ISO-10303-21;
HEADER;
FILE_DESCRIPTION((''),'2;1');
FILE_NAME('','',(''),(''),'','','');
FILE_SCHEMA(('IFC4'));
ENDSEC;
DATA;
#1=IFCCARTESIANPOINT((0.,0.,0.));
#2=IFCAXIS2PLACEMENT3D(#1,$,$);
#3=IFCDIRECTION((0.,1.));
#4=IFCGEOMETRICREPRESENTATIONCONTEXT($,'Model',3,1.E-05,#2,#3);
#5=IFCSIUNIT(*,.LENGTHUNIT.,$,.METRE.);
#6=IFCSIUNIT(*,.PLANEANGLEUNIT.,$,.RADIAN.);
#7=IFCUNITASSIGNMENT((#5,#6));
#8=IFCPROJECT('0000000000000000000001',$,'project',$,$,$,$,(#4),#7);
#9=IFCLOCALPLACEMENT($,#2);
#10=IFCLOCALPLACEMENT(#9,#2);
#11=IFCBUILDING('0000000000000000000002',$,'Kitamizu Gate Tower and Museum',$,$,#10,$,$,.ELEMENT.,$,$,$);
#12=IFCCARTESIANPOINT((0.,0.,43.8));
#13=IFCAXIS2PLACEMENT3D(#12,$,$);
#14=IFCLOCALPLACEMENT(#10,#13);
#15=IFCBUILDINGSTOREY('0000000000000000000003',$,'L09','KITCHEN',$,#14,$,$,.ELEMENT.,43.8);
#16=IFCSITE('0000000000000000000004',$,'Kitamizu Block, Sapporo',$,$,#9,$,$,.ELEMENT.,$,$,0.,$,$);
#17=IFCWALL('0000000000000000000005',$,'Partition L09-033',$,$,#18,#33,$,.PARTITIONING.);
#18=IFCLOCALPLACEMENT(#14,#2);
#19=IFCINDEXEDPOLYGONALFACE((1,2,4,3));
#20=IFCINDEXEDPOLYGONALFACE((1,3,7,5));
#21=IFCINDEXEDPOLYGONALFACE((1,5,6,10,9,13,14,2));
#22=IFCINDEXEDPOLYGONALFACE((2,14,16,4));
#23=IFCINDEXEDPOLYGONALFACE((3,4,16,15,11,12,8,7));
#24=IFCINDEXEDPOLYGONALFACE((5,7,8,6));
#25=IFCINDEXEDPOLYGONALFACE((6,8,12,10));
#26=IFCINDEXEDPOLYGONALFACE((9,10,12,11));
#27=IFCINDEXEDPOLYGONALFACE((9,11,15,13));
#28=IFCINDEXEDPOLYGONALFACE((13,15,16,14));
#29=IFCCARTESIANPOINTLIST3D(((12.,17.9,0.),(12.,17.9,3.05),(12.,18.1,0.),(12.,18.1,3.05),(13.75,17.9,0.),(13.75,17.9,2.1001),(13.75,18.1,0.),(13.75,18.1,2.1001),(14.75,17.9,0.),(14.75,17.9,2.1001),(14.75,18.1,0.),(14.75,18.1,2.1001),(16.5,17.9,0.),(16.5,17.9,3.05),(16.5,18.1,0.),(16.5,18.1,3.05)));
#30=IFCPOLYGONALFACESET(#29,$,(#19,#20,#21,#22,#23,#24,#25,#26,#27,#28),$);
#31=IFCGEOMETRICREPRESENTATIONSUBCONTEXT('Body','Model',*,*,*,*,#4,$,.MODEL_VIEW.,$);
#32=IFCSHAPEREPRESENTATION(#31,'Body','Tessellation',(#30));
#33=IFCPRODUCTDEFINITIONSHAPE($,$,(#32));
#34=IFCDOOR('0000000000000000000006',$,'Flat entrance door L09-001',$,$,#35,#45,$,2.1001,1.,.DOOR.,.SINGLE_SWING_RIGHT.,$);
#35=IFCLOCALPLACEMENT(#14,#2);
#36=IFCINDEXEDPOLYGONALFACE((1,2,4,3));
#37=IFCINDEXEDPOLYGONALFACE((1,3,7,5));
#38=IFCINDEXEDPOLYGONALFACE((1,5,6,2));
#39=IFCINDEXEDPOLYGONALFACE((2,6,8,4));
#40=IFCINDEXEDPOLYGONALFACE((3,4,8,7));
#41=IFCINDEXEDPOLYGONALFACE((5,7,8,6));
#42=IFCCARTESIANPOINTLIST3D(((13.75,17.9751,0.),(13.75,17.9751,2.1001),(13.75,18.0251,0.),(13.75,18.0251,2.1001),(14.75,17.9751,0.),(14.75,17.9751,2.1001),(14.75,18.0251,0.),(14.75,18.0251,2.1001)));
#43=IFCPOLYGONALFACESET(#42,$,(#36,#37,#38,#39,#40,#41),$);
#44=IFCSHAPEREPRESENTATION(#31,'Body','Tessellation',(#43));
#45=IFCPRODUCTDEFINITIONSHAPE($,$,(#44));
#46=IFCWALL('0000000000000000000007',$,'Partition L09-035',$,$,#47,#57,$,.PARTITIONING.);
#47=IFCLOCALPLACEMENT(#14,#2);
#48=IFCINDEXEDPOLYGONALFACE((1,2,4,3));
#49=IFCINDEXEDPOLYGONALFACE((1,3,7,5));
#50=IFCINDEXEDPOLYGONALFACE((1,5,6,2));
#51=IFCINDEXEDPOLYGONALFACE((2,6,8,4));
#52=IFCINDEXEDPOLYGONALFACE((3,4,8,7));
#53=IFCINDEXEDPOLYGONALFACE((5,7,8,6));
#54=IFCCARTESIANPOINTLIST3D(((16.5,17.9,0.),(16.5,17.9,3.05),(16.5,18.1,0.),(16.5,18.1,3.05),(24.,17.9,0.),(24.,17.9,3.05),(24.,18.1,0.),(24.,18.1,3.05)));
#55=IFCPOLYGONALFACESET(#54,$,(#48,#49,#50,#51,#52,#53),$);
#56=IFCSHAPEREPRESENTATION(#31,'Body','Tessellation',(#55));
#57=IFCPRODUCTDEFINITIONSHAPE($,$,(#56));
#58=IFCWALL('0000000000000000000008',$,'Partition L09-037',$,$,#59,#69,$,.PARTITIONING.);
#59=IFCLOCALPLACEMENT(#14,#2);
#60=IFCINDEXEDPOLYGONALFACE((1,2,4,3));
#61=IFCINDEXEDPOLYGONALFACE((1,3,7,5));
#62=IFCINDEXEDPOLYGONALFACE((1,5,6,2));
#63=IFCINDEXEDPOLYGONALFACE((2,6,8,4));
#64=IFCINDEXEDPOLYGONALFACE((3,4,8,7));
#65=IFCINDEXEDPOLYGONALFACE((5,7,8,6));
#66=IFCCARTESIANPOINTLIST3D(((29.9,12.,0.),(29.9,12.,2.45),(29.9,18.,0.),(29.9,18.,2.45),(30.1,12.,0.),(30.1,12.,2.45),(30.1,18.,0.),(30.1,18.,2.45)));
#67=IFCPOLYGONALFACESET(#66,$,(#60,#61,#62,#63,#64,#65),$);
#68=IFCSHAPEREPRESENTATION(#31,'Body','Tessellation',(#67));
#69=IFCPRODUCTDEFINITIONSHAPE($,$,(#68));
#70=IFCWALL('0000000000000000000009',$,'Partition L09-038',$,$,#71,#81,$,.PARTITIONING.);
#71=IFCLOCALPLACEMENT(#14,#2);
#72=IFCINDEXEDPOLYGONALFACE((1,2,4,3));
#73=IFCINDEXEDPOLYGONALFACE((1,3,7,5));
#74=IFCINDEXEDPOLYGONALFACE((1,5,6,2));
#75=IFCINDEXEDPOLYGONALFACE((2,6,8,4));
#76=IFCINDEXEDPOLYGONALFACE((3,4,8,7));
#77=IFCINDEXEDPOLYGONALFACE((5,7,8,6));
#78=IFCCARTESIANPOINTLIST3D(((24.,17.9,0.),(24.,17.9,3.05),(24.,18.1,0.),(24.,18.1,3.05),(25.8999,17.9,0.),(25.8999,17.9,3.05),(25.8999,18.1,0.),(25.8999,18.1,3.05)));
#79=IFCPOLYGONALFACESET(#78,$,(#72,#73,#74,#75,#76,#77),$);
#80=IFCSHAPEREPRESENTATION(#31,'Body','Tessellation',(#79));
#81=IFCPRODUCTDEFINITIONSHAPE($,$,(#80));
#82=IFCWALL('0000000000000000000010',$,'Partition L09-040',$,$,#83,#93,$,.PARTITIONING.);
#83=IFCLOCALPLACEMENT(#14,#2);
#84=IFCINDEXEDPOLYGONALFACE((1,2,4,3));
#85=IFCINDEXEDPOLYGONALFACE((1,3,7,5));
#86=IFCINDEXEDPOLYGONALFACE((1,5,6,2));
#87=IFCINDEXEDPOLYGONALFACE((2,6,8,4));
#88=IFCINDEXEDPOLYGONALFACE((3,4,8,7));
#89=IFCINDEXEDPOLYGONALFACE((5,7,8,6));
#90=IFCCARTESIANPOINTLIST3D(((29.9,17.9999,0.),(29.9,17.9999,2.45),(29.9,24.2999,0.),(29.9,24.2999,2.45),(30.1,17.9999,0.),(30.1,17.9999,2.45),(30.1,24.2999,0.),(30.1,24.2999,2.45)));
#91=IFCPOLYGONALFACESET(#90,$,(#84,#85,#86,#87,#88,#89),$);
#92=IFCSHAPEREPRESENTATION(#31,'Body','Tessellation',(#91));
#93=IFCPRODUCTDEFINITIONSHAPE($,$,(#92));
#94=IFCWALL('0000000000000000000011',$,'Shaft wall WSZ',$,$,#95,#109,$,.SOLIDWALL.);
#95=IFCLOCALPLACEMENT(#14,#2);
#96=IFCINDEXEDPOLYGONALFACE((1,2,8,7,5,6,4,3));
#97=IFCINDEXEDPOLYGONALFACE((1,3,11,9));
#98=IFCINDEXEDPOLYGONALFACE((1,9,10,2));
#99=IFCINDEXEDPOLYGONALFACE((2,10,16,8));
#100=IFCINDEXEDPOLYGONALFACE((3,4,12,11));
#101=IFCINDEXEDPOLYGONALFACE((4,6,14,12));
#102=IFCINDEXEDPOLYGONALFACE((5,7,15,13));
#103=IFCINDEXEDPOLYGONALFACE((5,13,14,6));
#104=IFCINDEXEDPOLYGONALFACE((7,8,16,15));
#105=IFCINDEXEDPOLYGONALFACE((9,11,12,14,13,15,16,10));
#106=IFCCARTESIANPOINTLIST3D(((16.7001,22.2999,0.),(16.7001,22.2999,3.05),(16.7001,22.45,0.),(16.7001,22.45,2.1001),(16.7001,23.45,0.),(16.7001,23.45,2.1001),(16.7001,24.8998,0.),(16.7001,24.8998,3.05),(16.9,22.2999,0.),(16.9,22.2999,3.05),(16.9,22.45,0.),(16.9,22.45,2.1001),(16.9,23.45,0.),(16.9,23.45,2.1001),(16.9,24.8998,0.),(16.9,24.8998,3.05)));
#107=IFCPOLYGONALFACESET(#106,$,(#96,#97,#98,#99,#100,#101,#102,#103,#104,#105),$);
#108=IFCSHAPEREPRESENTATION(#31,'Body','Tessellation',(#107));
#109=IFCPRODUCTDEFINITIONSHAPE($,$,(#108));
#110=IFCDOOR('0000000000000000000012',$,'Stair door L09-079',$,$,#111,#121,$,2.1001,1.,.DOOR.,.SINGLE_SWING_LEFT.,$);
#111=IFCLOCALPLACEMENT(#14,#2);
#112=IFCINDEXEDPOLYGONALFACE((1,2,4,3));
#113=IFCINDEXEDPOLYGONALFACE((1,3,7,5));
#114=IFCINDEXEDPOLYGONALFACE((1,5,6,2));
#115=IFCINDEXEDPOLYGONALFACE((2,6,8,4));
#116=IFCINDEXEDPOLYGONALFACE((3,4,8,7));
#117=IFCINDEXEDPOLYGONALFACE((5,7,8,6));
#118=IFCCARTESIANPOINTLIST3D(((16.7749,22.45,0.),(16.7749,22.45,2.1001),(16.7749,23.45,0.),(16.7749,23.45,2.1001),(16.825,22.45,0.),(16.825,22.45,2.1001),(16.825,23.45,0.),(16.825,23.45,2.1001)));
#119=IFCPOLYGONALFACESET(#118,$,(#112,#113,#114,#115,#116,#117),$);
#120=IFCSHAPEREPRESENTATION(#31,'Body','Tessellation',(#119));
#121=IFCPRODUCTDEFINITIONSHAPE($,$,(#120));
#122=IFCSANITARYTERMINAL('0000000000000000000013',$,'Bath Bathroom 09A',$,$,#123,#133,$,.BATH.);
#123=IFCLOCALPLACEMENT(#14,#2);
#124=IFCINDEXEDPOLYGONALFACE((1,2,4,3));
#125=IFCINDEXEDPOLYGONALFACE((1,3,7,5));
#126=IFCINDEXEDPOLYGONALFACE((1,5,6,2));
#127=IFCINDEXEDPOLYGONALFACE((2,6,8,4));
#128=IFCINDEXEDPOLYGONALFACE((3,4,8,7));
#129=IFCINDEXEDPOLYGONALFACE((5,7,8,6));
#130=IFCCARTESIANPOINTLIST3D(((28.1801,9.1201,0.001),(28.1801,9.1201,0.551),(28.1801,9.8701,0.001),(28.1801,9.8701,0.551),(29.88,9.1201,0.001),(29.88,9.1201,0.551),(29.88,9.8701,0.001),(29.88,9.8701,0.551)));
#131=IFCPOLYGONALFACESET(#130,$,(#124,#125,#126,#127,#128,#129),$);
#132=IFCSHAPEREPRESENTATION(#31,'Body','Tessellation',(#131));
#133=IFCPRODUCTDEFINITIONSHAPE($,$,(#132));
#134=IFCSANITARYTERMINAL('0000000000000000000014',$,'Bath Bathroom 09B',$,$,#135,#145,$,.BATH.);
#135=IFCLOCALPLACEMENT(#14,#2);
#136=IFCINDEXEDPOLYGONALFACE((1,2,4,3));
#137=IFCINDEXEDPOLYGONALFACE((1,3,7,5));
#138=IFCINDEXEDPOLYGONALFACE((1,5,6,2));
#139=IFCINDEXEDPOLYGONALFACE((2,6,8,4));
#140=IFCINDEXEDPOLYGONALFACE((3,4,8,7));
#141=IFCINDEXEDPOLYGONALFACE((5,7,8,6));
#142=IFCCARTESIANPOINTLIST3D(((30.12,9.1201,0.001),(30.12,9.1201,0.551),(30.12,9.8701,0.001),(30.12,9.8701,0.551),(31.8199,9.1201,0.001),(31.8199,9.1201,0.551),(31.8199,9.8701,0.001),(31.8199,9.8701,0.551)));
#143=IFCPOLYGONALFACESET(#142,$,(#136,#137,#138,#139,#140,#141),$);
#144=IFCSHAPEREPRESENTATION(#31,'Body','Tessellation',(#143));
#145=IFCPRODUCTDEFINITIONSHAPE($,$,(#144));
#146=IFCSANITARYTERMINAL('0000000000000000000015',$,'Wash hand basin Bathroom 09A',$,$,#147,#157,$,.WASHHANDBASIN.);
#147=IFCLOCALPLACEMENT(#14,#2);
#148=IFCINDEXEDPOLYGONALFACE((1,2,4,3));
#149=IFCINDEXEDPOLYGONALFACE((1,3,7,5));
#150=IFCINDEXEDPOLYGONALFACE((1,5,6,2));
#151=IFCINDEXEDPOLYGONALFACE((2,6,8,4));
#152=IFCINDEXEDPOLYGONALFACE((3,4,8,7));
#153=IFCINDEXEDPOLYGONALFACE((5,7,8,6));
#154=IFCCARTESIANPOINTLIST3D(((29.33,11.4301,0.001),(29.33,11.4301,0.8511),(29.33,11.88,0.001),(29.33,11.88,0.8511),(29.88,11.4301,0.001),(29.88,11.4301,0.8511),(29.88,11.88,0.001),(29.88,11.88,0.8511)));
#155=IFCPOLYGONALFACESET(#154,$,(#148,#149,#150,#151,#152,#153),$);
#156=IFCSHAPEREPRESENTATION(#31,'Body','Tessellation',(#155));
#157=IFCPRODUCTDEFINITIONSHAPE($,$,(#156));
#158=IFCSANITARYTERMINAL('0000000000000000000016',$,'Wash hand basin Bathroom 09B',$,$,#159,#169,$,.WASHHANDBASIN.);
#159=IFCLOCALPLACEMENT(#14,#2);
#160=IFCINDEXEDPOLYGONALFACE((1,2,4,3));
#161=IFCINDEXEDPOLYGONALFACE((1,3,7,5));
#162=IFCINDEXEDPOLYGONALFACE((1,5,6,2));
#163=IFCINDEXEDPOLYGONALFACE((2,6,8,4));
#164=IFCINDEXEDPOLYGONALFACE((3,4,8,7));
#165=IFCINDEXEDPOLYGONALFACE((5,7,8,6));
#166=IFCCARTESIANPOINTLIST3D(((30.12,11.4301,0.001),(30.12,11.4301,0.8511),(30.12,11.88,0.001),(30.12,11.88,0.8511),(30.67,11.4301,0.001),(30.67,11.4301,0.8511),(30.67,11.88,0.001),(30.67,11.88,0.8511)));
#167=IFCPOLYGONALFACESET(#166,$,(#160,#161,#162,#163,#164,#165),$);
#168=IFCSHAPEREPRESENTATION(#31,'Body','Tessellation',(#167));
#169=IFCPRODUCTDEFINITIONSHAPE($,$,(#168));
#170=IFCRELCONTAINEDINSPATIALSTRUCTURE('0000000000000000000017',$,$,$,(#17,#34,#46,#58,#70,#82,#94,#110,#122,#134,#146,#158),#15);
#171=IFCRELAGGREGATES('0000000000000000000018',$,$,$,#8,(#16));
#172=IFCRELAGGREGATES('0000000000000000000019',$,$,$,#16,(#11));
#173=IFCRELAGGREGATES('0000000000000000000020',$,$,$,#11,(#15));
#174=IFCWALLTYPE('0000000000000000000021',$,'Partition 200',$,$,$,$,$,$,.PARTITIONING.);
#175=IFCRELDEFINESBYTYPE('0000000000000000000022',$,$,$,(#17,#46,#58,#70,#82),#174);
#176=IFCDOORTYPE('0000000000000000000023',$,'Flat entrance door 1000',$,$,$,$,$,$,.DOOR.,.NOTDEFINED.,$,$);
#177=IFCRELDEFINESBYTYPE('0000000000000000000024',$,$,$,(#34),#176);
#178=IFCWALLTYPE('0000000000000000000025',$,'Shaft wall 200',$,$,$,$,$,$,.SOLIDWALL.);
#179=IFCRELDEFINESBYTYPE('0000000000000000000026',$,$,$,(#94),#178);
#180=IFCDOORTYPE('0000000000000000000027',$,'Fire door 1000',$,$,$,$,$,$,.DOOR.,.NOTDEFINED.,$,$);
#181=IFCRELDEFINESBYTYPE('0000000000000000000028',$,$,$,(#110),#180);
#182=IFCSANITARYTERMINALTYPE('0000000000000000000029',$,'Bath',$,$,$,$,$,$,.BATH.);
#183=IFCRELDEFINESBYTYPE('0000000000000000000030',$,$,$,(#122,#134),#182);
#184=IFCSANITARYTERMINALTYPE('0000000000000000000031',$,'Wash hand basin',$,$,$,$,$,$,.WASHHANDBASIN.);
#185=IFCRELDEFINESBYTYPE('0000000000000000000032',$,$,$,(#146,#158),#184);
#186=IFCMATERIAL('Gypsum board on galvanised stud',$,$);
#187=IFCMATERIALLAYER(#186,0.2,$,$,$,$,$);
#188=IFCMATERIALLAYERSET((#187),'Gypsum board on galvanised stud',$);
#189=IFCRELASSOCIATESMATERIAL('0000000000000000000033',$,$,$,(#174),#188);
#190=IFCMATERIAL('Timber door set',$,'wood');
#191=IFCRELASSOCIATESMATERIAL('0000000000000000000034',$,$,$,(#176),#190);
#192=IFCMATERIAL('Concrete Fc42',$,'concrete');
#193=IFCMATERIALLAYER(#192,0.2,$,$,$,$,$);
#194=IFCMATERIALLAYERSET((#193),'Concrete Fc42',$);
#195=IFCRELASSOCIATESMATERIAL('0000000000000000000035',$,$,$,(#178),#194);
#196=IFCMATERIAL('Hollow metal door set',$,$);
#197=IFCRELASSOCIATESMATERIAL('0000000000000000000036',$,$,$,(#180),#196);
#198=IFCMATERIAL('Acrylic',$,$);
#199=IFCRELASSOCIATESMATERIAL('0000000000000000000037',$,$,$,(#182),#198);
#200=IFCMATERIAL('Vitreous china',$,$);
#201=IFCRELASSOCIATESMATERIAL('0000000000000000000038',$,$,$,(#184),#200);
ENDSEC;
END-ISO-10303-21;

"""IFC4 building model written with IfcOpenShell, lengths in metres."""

from ifc_helpers import new_model, si_unit, direction, frame, frame_2d, origin, origin_2d, place, context, subcontext, project, spatial, rectangle, extrude, material, layer, layer_set, type_object, element, fill, save


model = new_model("IFC4")

# Units and contexts
model_context = context("Model", 3, precision=1e-05, world=origin(), true_north=direction((0.0, 1.0)))
body_context = subcontext(model_context, "Body", "Model", "MODEL_VIEW")
ifc_project = project(units=[si_unit("LENGTHUNIT", "METRE"), si_unit("PLANEANGLEUNIT", "RADIAN")], contexts=[model_context])

# Site, building, storey
site_placement = place(None, origin())
site = spatial("IfcSite", under=ifc_project, at=site_placement, Name="Kitamizu Block, Sapporo", CompositionType="ELEMENT", RefElevation=0.0)
building_placement = place(site_placement, origin())
building = spatial("IfcBuilding", under=site, at=building_placement, Name="Kitamizu Gate Tower and Museum", CompositionType="ELEMENT")
storey_placement = place(building_placement, frame((0.0, 0.0, 43.8)))
storey = spatial("IfcBuildingStorey", under=building, at=storey_placement, Name="L09", Description="KITCHEN", CompositionType="ELEMENT", Elevation=43.8)

# Shared definitions
ifc_material_1 = material(Name="Gypsum board on galvanised stud")
ifc_layer_1 = layer(ifc_material_1, 0.2)
ifc_layer_set_1 = layer_set([ifc_layer_1], Name="Gypsum board on galvanised stud")
wall_type_1 = type_object("IfcWallType", Name="Partition 200", PredefinedType="PARTITIONING", material=ifc_layer_set_1)

# Wall, opening, door
wall_1_placement = place(storey_placement, frame((16.5, 18.0, 0.0), z_axis=(0.0, 0.0, 1.0), x_axis=(-1.0, 0.0, 0.0)))
wall_1 = element("IfcWall", 1, at=wall_1_placement, inside=storey, type_object=wall_type_1, Name="Partition L09-033", PredefinedType="PARTITIONING", context=body_context, shape_type="SweptSolid", body=[
    extrude(rectangle(XDim=4.5, YDim=0.2, at=frame_2d((2.25, 0.0))), origin(), (0.0, 0.0, 1.0), 3.05),
])
opening_1_placement = place(wall_1_placement, frame((1.75, 0.0, 0.0)))
opening_1 = element("IfcOpeningElement", 2, at=opening_1_placement, cuts=wall_1, PredefinedType="OPENING", context=body_context, shape_type="SweptSolid", body=[
    extrude(rectangle(XDim=1.0, YDim=2.1001, at=frame_2d((0.5, 1.05))), frame((0.0, 0.1099, 0.0), z_axis=(0.0, -1.0, 0.0), x_axis=(1.0, 0.0, 0.0)), (0.0, 0.0, 1.0), 0.22),
])
ifc_material_2 = material(Name="Timber door set", Category="wood")
door_type_1 = type_object("IfcDoorType", Name="Flat entrance door 1000", OperationType="NOTDEFINED", PredefinedType="DOOR", material=ifc_material_2)
door_1_placement = place(opening_1_placement, origin())
door_1 = element("IfcDoor", 3, at=door_1_placement, inside=storey, type_object=door_type_1, Name="Flat entrance door L09-001", OperationType="SINGLE_SWING_RIGHT", OverallHeight=2.1001, OverallWidth=1.0, PredefinedType="DOOR", context=body_context, shape_type="SweptSolid", body=[
    extrude(rectangle(XDim=1.0, YDim=2.1001, at=frame_2d((0.5, 1.05))), frame((0.0, 0.0249, 0.0), z_axis=(0.0, -1.0, 0.0), x_axis=(1.0, 0.0, 0.0)), (0.0, 0.0, 1.0), 0.05),
])
fill(opening_1, door_1)

# Walls
wall_2_placement = place(storey_placement, frame((24.0, 18.0, 0.0), z_axis=(0.0, 0.0, 1.0), x_axis=(-1.0, 0.0, 0.0)))
element("IfcWall", 4, at=wall_2_placement, inside=storey, type_object=wall_type_1, Name="Partition L09-035", PredefinedType="PARTITIONING", context=body_context, shape_type="SweptSolid", body=[
    extrude(rectangle(XDim=7.5, YDim=0.2, at=frame_2d((3.75, 0.0))), origin(), (0.0, 0.0, 1.0), 3.05),
])
wall_3_placement = place(storey_placement, frame((30.0, 12.0, 0.0), z_axis=(0.0, 0.0, 1.0), x_axis=(0.0, 1.0, 0.0)))
element("IfcWall", 5, at=wall_3_placement, inside=storey, type_object=wall_type_1, Name="Partition L09-037", PredefinedType="PARTITIONING", context=body_context, shape_type="SweptSolid", body=[
    extrude(rectangle(XDim=6.0, YDim=0.2, at=frame_2d((3.0, 0.0))), origin(), (0.0, 0.0, 1.0), 2.45),
])
wall_4_placement = place(storey_placement, frame((25.8999, 18.0, 0.0), z_axis=(0.0, 0.0, 1.0), x_axis=(-1.0, 0.0, 0.0)))
element("IfcWall", 6, at=wall_4_placement, inside=storey, type_object=wall_type_1, Name="Partition L09-038", PredefinedType="PARTITIONING", context=body_context, shape_type="SweptSolid", body=[
    extrude(rectangle(XDim=1.8999, YDim=0.2, at=frame_2d((0.95, 0.0))), origin(), (0.0, 0.0, 1.0), 3.05),
])
wall_5_placement = place(storey_placement, frame((30.0, 18.0, 0.0), z_axis=(0.0, 0.0, 1.0), x_axis=(0.0, 1.0, 0.0)))
element("IfcWall", 7, at=wall_5_placement, inside=storey, type_object=wall_type_1, Name="Partition L09-040", PredefinedType="PARTITIONING", context=body_context, shape_type="SweptSolid", body=[
    extrude(rectangle(XDim=6.3, YDim=0.2, at=frame_2d((3.1499, 0.0))), origin(), (0.0, 0.0, 1.0), 2.45),
])

# Wall, opening, door
ifc_material_3 = material(Name="Concrete Fc42", Category="concrete")
ifc_layer_2 = layer(ifc_material_3, 0.2)
ifc_layer_set_2 = layer_set([ifc_layer_2], Name="Concrete Fc42")
wall_type_2 = type_object("IfcWallType", Name="Shaft wall 200", PredefinedType="SOLIDWALL", material=ifc_layer_set_2)
wall_6_placement = place(storey_placement, frame((16.8, 22.3, 0.0), z_axis=(0.0, 0.0, 1.0), x_axis=(0.0, 1.0, 0.0)))
wall_6 = element("IfcWall", 8, at=wall_6_placement, inside=storey, type_object=wall_type_2, Name="Shaft wall WSZ", PredefinedType="SOLIDWALL", context=body_context, shape_type="SweptSolid", body=[
    extrude(rectangle(XDim=2.5999, YDim=0.2, at=frame_2d((1.2998, 0.0))), origin(), (0.0, 0.0, 1.0), 3.05),
])
opening_2_placement = place(wall_6_placement, frame((0.1499, 0.0, 0.0)))
opening_2 = element("IfcOpeningElement", 9, at=opening_2_placement, cuts=wall_6, PredefinedType="OPENING", context=body_context, shape_type="SweptSolid", body=[
    extrude(rectangle(XDim=1.0, YDim=2.1001, at=frame_2d((0.5, 1.05))), frame((0.0, 0.1099, 0.0), z_axis=(0.0, -1.0, 0.0), x_axis=(1.0, 0.0, 0.0)), (0.0, 0.0, 1.0), 0.22),
])
ifc_material_4 = material(Name="Hollow metal door set")
door_type_2 = type_object("IfcDoorType", Name="Fire door 1000", OperationType="NOTDEFINED", PredefinedType="DOOR", material=ifc_material_4)
door_2_placement = place(opening_2_placement, frame((1.0, 0.0, 0.0), x_axis=(-1.0, 0.0, 0.0)))
door_2 = element("IfcDoor", 10, at=door_2_placement, inside=storey, type_object=door_type_2, Name="Stair door L09-079", OperationType="SINGLE_SWING_LEFT", OverallHeight=2.1001, OverallWidth=1.0, PredefinedType="DOOR", context=body_context, shape_type="SweptSolid", body=[
    extrude(rectangle(XDim=1.0, YDim=2.1001, at=frame_2d((0.5, 1.05))), frame((0.0, 0.0249, 0.0), z_axis=(0.0, -1.0, 0.0), x_axis=(1.0, 0.0, 0.0)), (0.0, 0.0, 1.0), 0.05),
])
fill(opening_2, door_2)

# Sanitary terminals
ifc_material_5 = material(Name="Acrylic")
sanitary_terminal_type_1 = type_object("IfcSanitaryTerminalType", Name="Bath", PredefinedType="BATH", material=ifc_material_5)
for number, where, z_axis, x_axis, name in (
    (11, (29.03, 9.4951, 0.001), (0.0, 0.0, 1.0), (1.0, 0.0, 0.0), "Bath Bathroom 09A"),
    (12, (30.97, 9.4951, 0.001), (0.0, 0.0, 1.0), (1.0, 0.0, 0.0), "Bath Bathroom 09B"),
):
    element("IfcSanitaryTerminal", number, at=place(storey_placement, frame(where, z_axis=z_axis, x_axis=x_axis)), inside=storey, type_object=sanitary_terminal_type_1, Name=name, PredefinedType="BATH", context=body_context, shape_type="SweptSolid", body=[
        extrude(rectangle(XDim=1.7, YDim=0.75, at=origin_2d()), origin(), (0.0, 0.0, 1.0), 0.55),
    ])
ifc_material_6 = material(Name="Vitreous china")
sanitary_terminal_type_2 = type_object("IfcSanitaryTerminalType", Name="Wash hand basin", PredefinedType="WASHHANDBASIN", material=ifc_material_6)
for number, where, z_axis, x_axis, name in (
    (13, (29.605, 11.655, 0.001), (0.0, 0.0, 1.0), (1.0, 0.0, 0.0), "Wash hand basin Bathroom 09A"),
    (14, (30.395, 11.655, 0.001), (0.0, 0.0, 1.0), (1.0, 0.0, 0.0), "Wash hand basin Bathroom 09B"),
):
    element("IfcSanitaryTerminal", number, at=place(storey_placement, frame(where, z_axis=z_axis, x_axis=x_axis)), inside=storey, type_object=sanitary_terminal_type_2, Name=name, PredefinedType="WASHHANDBASIN", context=body_context, shape_type="SweptSolid", body=[
        extrude(rectangle(XDim=0.55, YDim=0.45, at=origin_2d()), origin(), (0.0, 0.0, 1.0), 0.8501),
    ])

save(model, "model.ifc")
